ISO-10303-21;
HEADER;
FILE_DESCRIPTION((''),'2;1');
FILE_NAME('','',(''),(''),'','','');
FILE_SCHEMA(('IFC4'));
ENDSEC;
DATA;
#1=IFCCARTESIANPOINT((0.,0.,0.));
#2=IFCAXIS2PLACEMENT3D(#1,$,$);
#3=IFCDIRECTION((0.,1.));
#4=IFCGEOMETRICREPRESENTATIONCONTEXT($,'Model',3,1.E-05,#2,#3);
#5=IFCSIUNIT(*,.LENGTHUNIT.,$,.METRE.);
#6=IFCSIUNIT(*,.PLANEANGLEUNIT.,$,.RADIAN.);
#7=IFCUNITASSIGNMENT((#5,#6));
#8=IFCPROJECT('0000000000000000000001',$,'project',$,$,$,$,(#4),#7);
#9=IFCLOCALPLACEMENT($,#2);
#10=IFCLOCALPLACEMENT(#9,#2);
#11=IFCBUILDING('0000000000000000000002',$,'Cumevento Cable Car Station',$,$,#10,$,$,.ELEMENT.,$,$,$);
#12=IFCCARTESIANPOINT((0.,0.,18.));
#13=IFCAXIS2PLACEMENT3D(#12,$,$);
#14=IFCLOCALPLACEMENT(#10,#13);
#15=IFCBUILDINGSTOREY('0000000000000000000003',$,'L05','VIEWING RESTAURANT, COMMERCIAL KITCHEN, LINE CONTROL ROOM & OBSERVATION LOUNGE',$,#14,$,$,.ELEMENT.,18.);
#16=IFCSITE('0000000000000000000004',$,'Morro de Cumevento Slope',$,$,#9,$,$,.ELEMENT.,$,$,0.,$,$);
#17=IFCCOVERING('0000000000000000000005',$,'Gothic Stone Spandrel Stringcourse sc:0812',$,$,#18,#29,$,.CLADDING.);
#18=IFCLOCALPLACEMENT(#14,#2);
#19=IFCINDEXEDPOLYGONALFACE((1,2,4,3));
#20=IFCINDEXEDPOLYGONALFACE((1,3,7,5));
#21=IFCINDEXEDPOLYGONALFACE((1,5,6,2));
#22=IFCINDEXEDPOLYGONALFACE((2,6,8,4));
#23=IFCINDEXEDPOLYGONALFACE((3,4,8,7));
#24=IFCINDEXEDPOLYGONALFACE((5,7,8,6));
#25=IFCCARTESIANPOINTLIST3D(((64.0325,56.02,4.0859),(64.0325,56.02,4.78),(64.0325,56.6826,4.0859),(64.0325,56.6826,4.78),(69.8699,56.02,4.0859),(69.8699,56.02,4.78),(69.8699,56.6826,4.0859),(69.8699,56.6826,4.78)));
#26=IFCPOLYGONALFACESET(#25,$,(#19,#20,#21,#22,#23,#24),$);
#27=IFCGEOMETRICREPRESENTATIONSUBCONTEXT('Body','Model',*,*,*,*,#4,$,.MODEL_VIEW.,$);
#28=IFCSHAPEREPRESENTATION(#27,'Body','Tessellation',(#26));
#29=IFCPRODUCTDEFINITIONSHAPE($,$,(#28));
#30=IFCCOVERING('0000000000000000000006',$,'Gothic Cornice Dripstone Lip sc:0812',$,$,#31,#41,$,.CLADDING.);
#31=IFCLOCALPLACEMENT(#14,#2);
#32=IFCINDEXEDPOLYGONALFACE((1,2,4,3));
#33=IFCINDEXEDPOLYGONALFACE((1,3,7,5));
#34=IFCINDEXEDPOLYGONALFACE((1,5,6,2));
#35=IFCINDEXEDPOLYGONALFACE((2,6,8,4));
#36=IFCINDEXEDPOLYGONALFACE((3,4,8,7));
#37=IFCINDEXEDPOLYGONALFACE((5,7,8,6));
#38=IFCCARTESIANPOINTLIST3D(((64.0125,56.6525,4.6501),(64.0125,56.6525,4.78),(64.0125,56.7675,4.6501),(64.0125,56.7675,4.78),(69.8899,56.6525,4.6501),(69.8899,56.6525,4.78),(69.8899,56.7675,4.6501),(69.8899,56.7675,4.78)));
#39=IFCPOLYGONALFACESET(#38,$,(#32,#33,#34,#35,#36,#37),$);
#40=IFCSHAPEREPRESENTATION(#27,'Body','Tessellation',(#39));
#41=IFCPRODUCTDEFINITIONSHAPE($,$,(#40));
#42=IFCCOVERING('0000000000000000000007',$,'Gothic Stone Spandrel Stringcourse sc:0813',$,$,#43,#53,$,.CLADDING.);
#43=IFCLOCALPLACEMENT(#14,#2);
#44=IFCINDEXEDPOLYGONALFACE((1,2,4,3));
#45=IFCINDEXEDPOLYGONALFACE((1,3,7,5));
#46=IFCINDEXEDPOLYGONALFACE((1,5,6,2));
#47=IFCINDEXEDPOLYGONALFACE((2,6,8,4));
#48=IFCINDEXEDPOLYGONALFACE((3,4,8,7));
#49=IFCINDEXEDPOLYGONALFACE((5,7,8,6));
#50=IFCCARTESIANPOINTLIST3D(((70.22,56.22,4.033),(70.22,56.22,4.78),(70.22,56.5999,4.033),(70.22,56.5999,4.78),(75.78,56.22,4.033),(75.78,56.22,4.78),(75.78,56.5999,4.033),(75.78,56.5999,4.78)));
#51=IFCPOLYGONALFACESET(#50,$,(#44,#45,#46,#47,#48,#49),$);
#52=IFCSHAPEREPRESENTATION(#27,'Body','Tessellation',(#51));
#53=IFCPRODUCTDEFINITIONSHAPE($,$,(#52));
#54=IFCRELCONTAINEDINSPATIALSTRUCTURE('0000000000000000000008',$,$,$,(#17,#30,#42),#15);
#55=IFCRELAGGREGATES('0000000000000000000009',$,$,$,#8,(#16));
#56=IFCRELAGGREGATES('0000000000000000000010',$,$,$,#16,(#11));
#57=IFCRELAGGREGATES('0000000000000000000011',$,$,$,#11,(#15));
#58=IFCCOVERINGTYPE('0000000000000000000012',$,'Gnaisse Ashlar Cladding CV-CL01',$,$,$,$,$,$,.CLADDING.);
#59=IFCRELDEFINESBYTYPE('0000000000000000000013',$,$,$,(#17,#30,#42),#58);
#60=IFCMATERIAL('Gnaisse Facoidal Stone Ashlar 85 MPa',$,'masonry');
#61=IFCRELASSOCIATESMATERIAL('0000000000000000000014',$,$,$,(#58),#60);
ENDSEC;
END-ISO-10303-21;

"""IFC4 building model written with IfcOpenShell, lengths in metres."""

from ifc_helpers import new_model, si_unit, direction, frame, origin, origin_2d, place, context, subcontext, project, spatial, rectangle, extrude, material, type_object, element, save


model = new_model("IFC4")

# Units and contexts
model_context = context("Model", 3, precision=1e-05, world=origin(), true_north=direction((0.0, 1.0)))
body_context = subcontext(model_context, "Body", "Model", "MODEL_VIEW")
ifc_project = project(units=[si_unit("LENGTHUNIT", "METRE"), si_unit("PLANEANGLEUNIT", "RADIAN")], contexts=[model_context])

# Site, building, storey
site_placement = place(None, origin())
site = spatial("IfcSite", under=ifc_project, at=site_placement, Name="Morro de Cumevento Slope", CompositionType="ELEMENT", RefElevation=0.0)
building_placement = place(site_placement, origin())
building = spatial("IfcBuilding", under=site, at=building_placement, Name="Cumevento Cable Car Station", CompositionType="ELEMENT")
storey_placement = place(building_placement, frame((0.0, 0.0, 18.0)))
storey = spatial("IfcBuildingStorey", under=building, at=storey_placement, Name="L05", Description="VIEWING RESTAURANT, COMMERCIAL KITCHEN, LINE CONTROL ROOM & OBSERVATION LOUNGE", CompositionType="ELEMENT", Elevation=18.0)

# Coverings
ifc_material_1 = material(Name="Gnaisse Facoidal Stone Ashlar 85 MPa", Category="masonry")
covering_type = type_object("IfcCoveringType", Name="Gnaisse Ashlar Cladding CV-CL01", PredefinedType="CLADDING", material=ifc_material_1)
covering_1_placement = place(storey_placement, frame((66.9512, 56.3513, 4.0859), z_axis=(0.0, 0.0, 1.0), x_axis=(1.0, 0.0, 0.0)))
element("IfcCovering", 1, at=covering_1_placement, inside=storey, type_object=covering_type, Name="Gothic Stone Spandrel Stringcourse sc:0812", PredefinedType="CLADDING", context=body_context, shape_type="SweptSolid", body=[
    extrude(rectangle(XDim=5.8374, YDim=0.6626, at=origin_2d()), origin(), (0.0, 0.0, 1.0), 0.6941),
])
covering_2_placement = place(storey_placement, frame((66.9512, 56.71, 4.6501), z_axis=(0.0, 0.0, 1.0), x_axis=(1.0, 0.0, 0.0)))
element("IfcCovering", 2, at=covering_2_placement, inside=storey, type_object=covering_type, Name="Gothic Cornice Dripstone Lip sc:0812", PredefinedType="CLADDING", context=body_context, shape_type="SweptSolid", body=[
    extrude(rectangle(XDim=5.8774, YDim=0.115, at=origin_2d()), origin(), (0.0, 0.0, 1.0), 0.1299),
])
covering_3_placement = place(storey_placement, frame((73.0, 56.4099, 4.033), z_axis=(0.0, 0.0, 1.0), x_axis=(1.0, 0.0, 0.0)))
element("IfcCovering", 3, at=covering_3_placement, inside=storey, type_object=covering_type, Name="Gothic Stone Spandrel Stringcourse sc:0813", PredefinedType="CLADDING", context=body_context, shape_type="SweptSolid", body=[
    extrude(rectangle(XDim=5.5601, YDim=0.3799, at=origin_2d()), origin(), (0.0, 0.0, 1.0), 0.7471),
])

save(model, "model.ifc")
